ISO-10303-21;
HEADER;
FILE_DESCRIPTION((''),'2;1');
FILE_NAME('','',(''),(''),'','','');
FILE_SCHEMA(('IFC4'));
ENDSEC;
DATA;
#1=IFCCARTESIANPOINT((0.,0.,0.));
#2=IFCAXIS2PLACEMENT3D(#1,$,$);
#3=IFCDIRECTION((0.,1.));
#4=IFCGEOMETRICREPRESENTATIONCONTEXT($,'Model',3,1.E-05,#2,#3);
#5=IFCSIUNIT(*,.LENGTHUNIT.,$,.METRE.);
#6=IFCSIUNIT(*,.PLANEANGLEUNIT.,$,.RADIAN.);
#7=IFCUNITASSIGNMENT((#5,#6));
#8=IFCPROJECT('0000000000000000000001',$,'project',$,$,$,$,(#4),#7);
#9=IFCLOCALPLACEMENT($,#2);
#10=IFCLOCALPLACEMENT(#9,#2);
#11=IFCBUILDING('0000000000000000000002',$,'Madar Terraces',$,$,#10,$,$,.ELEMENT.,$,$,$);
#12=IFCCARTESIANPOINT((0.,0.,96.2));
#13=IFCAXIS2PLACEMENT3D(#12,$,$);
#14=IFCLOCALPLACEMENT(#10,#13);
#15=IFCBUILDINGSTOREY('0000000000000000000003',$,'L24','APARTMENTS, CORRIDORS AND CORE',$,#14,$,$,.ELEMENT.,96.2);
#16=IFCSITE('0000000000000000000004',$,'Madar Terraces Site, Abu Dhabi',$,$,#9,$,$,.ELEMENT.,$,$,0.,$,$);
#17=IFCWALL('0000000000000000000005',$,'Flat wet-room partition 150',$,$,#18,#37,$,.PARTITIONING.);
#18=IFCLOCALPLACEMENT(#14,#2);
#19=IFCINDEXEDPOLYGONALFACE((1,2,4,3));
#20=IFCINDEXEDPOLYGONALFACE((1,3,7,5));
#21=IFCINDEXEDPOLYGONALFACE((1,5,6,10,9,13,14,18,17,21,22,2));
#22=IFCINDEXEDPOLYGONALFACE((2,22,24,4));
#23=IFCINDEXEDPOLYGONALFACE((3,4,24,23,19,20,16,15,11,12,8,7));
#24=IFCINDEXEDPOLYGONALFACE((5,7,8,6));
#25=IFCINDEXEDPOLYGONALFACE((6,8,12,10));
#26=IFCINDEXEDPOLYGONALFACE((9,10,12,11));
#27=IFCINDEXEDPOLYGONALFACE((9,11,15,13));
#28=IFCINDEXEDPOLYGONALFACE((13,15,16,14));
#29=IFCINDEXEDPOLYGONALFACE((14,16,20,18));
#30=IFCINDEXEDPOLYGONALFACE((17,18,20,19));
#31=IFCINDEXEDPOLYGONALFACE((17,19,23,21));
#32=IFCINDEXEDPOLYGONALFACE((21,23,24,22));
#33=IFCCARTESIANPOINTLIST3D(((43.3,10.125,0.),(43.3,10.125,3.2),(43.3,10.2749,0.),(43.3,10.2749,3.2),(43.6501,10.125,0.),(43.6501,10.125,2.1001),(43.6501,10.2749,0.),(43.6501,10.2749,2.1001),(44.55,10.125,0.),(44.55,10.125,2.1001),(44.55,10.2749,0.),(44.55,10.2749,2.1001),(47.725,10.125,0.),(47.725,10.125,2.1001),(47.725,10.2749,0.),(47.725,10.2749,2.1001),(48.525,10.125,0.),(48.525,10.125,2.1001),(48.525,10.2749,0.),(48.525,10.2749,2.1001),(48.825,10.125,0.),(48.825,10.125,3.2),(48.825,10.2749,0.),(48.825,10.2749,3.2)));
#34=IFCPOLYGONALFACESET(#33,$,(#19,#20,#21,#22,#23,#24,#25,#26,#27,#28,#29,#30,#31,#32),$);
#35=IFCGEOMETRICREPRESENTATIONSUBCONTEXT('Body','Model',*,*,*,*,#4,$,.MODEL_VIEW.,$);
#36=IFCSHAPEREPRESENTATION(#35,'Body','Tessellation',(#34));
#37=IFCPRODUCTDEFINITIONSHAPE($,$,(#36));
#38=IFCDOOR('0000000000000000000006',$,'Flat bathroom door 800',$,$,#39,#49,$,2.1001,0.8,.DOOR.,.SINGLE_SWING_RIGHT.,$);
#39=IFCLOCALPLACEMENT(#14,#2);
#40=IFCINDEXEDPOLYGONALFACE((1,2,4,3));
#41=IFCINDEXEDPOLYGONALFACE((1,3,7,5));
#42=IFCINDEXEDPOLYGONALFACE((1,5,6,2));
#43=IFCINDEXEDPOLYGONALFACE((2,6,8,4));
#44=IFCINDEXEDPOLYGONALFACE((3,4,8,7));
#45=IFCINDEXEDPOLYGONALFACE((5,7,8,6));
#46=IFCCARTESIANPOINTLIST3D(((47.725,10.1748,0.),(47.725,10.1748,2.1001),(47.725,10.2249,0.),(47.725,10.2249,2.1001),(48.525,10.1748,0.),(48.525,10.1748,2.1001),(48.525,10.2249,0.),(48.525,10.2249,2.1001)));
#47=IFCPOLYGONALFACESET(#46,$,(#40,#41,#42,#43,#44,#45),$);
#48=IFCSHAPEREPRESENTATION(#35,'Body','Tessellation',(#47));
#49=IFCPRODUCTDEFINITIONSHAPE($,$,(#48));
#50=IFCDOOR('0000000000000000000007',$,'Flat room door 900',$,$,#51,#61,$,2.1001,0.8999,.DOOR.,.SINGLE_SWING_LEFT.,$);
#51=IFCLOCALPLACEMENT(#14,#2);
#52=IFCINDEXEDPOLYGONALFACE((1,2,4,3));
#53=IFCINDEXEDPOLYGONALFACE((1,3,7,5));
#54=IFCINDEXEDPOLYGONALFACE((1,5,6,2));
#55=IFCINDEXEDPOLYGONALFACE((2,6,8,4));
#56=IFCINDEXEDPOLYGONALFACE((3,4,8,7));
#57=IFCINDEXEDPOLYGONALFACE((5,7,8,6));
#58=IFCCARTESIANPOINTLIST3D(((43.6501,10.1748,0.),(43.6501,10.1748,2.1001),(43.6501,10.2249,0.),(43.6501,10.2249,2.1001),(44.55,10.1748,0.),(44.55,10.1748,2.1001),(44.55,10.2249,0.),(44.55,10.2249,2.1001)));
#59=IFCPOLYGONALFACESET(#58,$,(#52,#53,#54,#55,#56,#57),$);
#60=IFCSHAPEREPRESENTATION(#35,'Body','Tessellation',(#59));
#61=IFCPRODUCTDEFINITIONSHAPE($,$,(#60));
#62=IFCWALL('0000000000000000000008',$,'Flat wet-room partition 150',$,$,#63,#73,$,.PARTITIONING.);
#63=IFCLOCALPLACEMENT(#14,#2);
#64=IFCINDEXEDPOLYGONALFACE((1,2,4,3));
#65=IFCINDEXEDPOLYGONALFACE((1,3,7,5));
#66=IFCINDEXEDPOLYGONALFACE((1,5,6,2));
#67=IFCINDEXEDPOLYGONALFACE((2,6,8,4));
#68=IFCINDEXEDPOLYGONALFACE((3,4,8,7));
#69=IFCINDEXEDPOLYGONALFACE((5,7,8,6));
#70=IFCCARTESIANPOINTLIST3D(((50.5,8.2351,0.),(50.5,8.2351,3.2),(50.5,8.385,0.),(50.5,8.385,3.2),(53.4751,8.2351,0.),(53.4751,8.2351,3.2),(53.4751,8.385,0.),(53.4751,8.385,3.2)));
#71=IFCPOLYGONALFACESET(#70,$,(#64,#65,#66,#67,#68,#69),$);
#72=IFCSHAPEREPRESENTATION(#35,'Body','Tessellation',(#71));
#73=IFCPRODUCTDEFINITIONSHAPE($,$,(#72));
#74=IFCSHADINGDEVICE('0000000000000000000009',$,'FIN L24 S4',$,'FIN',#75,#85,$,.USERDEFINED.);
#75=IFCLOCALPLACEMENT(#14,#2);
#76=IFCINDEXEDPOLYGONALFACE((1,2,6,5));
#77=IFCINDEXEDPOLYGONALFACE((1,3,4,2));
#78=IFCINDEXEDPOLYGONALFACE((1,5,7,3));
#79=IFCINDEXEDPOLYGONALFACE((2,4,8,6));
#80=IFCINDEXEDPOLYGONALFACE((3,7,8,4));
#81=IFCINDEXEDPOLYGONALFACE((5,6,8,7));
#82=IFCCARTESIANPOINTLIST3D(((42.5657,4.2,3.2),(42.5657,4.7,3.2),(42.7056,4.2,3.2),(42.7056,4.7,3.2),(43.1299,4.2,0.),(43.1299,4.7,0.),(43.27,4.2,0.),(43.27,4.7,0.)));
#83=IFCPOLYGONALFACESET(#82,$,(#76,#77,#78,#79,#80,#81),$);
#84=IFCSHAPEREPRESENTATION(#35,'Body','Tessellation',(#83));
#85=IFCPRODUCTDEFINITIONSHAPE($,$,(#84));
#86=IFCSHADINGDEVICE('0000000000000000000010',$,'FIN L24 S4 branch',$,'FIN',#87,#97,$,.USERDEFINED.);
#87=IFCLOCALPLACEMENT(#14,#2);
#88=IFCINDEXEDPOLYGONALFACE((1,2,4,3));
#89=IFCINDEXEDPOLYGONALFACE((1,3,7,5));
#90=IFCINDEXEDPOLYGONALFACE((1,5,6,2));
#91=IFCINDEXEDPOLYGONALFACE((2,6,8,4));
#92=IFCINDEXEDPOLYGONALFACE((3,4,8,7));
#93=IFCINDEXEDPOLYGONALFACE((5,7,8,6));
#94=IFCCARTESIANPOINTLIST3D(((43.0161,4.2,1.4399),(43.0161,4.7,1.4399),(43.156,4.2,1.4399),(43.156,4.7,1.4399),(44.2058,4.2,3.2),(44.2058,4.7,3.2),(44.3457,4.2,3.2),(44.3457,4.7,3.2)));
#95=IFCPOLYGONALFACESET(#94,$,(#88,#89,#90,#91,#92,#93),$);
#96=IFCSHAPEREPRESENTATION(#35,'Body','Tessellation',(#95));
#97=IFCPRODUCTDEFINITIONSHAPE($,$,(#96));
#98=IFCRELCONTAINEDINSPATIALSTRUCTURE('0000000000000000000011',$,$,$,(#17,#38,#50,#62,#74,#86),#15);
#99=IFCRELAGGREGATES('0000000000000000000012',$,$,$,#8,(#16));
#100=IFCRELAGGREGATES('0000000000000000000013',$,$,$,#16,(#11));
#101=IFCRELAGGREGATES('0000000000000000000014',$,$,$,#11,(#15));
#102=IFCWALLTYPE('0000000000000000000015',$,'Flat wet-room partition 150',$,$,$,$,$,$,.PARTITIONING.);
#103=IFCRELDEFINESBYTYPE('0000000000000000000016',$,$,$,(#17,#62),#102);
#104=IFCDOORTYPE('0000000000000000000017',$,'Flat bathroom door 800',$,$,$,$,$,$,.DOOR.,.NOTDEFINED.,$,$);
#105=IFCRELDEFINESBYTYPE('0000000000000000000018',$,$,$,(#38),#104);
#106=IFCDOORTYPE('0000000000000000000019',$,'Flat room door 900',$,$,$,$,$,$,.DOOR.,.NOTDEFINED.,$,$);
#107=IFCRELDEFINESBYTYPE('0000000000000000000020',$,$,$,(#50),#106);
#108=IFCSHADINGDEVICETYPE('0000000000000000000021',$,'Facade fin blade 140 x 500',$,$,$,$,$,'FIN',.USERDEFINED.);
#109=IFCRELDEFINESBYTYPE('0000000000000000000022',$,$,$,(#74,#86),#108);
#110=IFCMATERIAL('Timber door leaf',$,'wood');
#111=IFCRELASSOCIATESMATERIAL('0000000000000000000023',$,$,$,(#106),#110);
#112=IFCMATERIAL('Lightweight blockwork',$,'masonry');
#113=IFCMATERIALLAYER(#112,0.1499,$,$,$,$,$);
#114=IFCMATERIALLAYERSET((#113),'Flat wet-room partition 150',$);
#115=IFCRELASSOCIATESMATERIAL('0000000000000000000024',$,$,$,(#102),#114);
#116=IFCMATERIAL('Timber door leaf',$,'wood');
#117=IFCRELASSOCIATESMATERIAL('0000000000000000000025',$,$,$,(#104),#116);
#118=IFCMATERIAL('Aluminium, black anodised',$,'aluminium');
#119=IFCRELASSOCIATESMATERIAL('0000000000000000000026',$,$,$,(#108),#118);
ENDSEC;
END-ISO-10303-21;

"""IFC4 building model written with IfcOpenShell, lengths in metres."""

from ifc_helpers import new_model, si_unit, direction, frame, frame_2d, origin, place, context, subcontext, project, spatial, polyline, rectangle, outline, extrude, material, layer, layer_set, type_object, element, fill, save


model = new_model("IFC4")

# Units and contexts
model_context = context("Model", 3, precision=1e-05, world=origin(), true_north=direction((0.0, 1.0)))
body_context = subcontext(model_context, "Body", "Model", "MODEL_VIEW")
ifc_project = project(units=[si_unit("LENGTHUNIT", "METRE"), si_unit("PLANEANGLEUNIT", "RADIAN")], contexts=[model_context])

# Site, building, storey
site_placement = place(None, origin())
site = spatial("IfcSite", under=ifc_project, at=site_placement, Name="Madar Terraces Site, Abu Dhabi", CompositionType="ELEMENT", RefElevation=0.0)
building_placement = place(site_placement, origin())
building = spatial("IfcBuilding", under=site, at=building_placement, Name="Madar Terraces", CompositionType="ELEMENT")
storey_placement = place(building_placement, frame((0.0, 0.0, 96.2)))
storey = spatial("IfcBuildingStorey", under=building, at=storey_placement, Name="L24", Description="APARTMENTS, CORRIDORS AND CORE", CompositionType="ELEMENT", Elevation=96.2)

# Shared definitions
ifc_material_1 = material(Name="Timber door leaf", Category="wood")
door_type_1 = type_object("IfcDoorType", Name="Flat room door 900", OperationType="NOTDEFINED", PredefinedType="DOOR", material=ifc_material_1)

# Shared definitions
ifc_material_2 = material(Name="Lightweight blockwork", Category="masonry")
ifc_layer_1 = layer(ifc_material_2, 0.1499)
ifc_layer_set_1 = layer_set([ifc_layer_1], Name="Flat wet-room partition 150")
wall_type_1 = type_object("IfcWallType", Name="Flat wet-room partition 150", PredefinedType="PARTITIONING", material=ifc_layer_set_1)

# Wall, openings, doors
wall_1_placement = place(storey_placement, frame((43.3, 10.2, 0.0), z_axis=(0.0, 0.0, 1.0), x_axis=(1.0, 0.0, 0.0)))
wall_1 = element("IfcWall", 1, at=wall_1_placement, inside=storey, type_object=wall_type_1, Name="Flat wet-room partition 150", PredefinedType="PARTITIONING", context=body_context, shape_type="SweptSolid", body=[
    extrude(rectangle(XDim=5.5249, YDim=0.1499, at=frame_2d((2.7625, 0.0))), origin(), (0.0, 0.0, 1.0), 3.2),
])
opening_1_placement = place(wall_1_placement, frame((4.425, 0.0, 0.0)))
opening_1 = element("IfcOpeningElement", 2, at=opening_1_placement, cuts=wall_1, PredefinedType="OPENING", context=body_context, shape_type="SweptSolid", body=[
    extrude(rectangle(XDim=0.8, YDim=2.1001, at=frame_2d((0.3999, 1.05))), frame((0.0, 0.085, 0.0), z_axis=(0.0, -1.0, 0.0), x_axis=(1.0, 0.0, 0.0)), (0.0, 0.0, 1.0), 0.1699),
])
opening_2_placement = place(wall_1_placement, frame((0.3501, 0.0, 0.0)))
opening_2 = element("IfcOpeningElement", 3, at=opening_2_placement, cuts=wall_1, PredefinedType="OPENING", context=body_context, shape_type="SweptSolid", body=[
    extrude(rectangle(XDim=0.8999, YDim=2.1001, at=frame_2d((0.45, 1.05))), frame((0.0, 0.085, 0.0), z_axis=(0.0, -1.0, 0.0), x_axis=(1.0, 0.0, 0.0)), (0.0, 0.0, 1.0), 0.1699),
])
ifc_material_3 = material(Name="Timber door leaf", Category="wood")
door_type_2 = type_object("IfcDoorType", Name="Flat bathroom door 800", OperationType="NOTDEFINED", PredefinedType="DOOR", material=ifc_material_3)
door_1_placement = place(opening_1_placement, origin())
door_1 = element("IfcDoor", 4, at=door_1_placement, inside=storey, type_object=door_type_2, Name="Flat bathroom door 800", OperationType="SINGLE_SWING_RIGHT", OverallHeight=2.1001, OverallWidth=0.8, PredefinedType="DOOR", context=body_context, shape_type="SweptSolid", body=[
    extrude(rectangle(XDim=0.8, YDim=2.1001, at=frame_2d((0.3999, 1.05))), frame((0.0, 0.0249, 0.0), z_axis=(0.0, -1.0, 0.0), x_axis=(1.0, 0.0, 0.0)), (0.0, 0.0, 1.0), 0.05),
])
fill(opening_1, door_1)
door_2_placement = place(opening_2_placement, origin())
door_2 = element("IfcDoor", 5, at=door_2_placement, inside=storey, type_object=door_type_1, Name="Flat room door 900", OperationType="SINGLE_SWING_LEFT", OverallHeight=2.1001, OverallWidth=0.8999, PredefinedType="DOOR", context=body_context, shape_type="SweptSolid", body=[
    extrude(rectangle(XDim=0.8999, YDim=2.1001, at=frame_2d((0.45, 1.05))), frame((0.0, 0.0249, 0.0), z_axis=(0.0, -1.0, 0.0), x_axis=(1.0, 0.0, 0.0)), (0.0, 0.0, 1.0), 0.05),
])
fill(opening_2, door_2)

# Wall
wall_2_placement = place(storey_placement, frame((50.5, 8.3101, 0.0), z_axis=(0.0, 0.0, 1.0), x_axis=(1.0, 0.0, 0.0)))
element("IfcWall", 6, at=wall_2_placement, inside=storey, type_object=wall_type_1, Name="Flat wet-room partition 150", PredefinedType="PARTITIONING", context=body_context, shape_type="SweptSolid", body=[
    extrude(rectangle(XDim=2.9751, YDim=0.1499, at=frame_2d((1.4875, 0.0))), origin(), (0.0, 0.0, 1.0), 3.2),
])

# Shading devices
ifc_material_4 = material(Name="Aluminium, black anodised", Category="aluminium")
shading_device_type = type_object("IfcShadingDeviceType", Name="Facade fin blade 140 x 500", ElementType="FIN", PredefinedType="USERDEFINED", material=ifc_material_4)
shading_device_1_placement = place(storey_placement, frame((43.1299, 4.45, 0.0), z_axis=(0.0, 0.0, 1.0), x_axis=(1.0, 0.0, 0.0)))
element("IfcShadingDevice", 7, at=shading_device_1_placement, inside=storey, type_object=shading_device_type, Name="FIN L24 S4", ObjectType="FIN", PredefinedType="USERDEFINED", context=body_context, shape_type="SweptSolid", body=[
    extrude(outline(polyline([(0.0, 0.0), (0.1401, 0.0), (-0.4243, 3.2), (-0.5642, 3.2), (0.0, 0.0)])), frame((0.0, 0.25, 0.0), z_axis=(0.0, -1.0, 0.0), x_axis=(1.0, 0.0, 0.0)), (0.0, 0.0, 1.0), 0.5),
])
shading_device_2_placement = place(storey_placement, frame((43.0161, 4.45, 1.4399), z_axis=(0.0, 0.0, 1.0), x_axis=(1.0, 0.0, 0.0)))
element("IfcShadingDevice", 8, at=shading_device_2_placement, inside=storey, type_object=shading_device_type, Name="FIN L24 S4 branch", ObjectType="FIN", PredefinedType="USERDEFINED", context=body_context, shape_type="SweptSolid", body=[
    extrude(outline(polyline([(0.0, 0.0), (0.1399, 0.0), (1.3296, 1.76), (1.1897, 1.76), (0.0, 0.0)])), frame((0.0, 0.25, 0.0), z_axis=(0.0, -1.0, 0.0), x_axis=(1.0, 0.0, 0.0)), (0.0, 0.0, 1.0), 0.5),
])

save(model, "model.ifc")
